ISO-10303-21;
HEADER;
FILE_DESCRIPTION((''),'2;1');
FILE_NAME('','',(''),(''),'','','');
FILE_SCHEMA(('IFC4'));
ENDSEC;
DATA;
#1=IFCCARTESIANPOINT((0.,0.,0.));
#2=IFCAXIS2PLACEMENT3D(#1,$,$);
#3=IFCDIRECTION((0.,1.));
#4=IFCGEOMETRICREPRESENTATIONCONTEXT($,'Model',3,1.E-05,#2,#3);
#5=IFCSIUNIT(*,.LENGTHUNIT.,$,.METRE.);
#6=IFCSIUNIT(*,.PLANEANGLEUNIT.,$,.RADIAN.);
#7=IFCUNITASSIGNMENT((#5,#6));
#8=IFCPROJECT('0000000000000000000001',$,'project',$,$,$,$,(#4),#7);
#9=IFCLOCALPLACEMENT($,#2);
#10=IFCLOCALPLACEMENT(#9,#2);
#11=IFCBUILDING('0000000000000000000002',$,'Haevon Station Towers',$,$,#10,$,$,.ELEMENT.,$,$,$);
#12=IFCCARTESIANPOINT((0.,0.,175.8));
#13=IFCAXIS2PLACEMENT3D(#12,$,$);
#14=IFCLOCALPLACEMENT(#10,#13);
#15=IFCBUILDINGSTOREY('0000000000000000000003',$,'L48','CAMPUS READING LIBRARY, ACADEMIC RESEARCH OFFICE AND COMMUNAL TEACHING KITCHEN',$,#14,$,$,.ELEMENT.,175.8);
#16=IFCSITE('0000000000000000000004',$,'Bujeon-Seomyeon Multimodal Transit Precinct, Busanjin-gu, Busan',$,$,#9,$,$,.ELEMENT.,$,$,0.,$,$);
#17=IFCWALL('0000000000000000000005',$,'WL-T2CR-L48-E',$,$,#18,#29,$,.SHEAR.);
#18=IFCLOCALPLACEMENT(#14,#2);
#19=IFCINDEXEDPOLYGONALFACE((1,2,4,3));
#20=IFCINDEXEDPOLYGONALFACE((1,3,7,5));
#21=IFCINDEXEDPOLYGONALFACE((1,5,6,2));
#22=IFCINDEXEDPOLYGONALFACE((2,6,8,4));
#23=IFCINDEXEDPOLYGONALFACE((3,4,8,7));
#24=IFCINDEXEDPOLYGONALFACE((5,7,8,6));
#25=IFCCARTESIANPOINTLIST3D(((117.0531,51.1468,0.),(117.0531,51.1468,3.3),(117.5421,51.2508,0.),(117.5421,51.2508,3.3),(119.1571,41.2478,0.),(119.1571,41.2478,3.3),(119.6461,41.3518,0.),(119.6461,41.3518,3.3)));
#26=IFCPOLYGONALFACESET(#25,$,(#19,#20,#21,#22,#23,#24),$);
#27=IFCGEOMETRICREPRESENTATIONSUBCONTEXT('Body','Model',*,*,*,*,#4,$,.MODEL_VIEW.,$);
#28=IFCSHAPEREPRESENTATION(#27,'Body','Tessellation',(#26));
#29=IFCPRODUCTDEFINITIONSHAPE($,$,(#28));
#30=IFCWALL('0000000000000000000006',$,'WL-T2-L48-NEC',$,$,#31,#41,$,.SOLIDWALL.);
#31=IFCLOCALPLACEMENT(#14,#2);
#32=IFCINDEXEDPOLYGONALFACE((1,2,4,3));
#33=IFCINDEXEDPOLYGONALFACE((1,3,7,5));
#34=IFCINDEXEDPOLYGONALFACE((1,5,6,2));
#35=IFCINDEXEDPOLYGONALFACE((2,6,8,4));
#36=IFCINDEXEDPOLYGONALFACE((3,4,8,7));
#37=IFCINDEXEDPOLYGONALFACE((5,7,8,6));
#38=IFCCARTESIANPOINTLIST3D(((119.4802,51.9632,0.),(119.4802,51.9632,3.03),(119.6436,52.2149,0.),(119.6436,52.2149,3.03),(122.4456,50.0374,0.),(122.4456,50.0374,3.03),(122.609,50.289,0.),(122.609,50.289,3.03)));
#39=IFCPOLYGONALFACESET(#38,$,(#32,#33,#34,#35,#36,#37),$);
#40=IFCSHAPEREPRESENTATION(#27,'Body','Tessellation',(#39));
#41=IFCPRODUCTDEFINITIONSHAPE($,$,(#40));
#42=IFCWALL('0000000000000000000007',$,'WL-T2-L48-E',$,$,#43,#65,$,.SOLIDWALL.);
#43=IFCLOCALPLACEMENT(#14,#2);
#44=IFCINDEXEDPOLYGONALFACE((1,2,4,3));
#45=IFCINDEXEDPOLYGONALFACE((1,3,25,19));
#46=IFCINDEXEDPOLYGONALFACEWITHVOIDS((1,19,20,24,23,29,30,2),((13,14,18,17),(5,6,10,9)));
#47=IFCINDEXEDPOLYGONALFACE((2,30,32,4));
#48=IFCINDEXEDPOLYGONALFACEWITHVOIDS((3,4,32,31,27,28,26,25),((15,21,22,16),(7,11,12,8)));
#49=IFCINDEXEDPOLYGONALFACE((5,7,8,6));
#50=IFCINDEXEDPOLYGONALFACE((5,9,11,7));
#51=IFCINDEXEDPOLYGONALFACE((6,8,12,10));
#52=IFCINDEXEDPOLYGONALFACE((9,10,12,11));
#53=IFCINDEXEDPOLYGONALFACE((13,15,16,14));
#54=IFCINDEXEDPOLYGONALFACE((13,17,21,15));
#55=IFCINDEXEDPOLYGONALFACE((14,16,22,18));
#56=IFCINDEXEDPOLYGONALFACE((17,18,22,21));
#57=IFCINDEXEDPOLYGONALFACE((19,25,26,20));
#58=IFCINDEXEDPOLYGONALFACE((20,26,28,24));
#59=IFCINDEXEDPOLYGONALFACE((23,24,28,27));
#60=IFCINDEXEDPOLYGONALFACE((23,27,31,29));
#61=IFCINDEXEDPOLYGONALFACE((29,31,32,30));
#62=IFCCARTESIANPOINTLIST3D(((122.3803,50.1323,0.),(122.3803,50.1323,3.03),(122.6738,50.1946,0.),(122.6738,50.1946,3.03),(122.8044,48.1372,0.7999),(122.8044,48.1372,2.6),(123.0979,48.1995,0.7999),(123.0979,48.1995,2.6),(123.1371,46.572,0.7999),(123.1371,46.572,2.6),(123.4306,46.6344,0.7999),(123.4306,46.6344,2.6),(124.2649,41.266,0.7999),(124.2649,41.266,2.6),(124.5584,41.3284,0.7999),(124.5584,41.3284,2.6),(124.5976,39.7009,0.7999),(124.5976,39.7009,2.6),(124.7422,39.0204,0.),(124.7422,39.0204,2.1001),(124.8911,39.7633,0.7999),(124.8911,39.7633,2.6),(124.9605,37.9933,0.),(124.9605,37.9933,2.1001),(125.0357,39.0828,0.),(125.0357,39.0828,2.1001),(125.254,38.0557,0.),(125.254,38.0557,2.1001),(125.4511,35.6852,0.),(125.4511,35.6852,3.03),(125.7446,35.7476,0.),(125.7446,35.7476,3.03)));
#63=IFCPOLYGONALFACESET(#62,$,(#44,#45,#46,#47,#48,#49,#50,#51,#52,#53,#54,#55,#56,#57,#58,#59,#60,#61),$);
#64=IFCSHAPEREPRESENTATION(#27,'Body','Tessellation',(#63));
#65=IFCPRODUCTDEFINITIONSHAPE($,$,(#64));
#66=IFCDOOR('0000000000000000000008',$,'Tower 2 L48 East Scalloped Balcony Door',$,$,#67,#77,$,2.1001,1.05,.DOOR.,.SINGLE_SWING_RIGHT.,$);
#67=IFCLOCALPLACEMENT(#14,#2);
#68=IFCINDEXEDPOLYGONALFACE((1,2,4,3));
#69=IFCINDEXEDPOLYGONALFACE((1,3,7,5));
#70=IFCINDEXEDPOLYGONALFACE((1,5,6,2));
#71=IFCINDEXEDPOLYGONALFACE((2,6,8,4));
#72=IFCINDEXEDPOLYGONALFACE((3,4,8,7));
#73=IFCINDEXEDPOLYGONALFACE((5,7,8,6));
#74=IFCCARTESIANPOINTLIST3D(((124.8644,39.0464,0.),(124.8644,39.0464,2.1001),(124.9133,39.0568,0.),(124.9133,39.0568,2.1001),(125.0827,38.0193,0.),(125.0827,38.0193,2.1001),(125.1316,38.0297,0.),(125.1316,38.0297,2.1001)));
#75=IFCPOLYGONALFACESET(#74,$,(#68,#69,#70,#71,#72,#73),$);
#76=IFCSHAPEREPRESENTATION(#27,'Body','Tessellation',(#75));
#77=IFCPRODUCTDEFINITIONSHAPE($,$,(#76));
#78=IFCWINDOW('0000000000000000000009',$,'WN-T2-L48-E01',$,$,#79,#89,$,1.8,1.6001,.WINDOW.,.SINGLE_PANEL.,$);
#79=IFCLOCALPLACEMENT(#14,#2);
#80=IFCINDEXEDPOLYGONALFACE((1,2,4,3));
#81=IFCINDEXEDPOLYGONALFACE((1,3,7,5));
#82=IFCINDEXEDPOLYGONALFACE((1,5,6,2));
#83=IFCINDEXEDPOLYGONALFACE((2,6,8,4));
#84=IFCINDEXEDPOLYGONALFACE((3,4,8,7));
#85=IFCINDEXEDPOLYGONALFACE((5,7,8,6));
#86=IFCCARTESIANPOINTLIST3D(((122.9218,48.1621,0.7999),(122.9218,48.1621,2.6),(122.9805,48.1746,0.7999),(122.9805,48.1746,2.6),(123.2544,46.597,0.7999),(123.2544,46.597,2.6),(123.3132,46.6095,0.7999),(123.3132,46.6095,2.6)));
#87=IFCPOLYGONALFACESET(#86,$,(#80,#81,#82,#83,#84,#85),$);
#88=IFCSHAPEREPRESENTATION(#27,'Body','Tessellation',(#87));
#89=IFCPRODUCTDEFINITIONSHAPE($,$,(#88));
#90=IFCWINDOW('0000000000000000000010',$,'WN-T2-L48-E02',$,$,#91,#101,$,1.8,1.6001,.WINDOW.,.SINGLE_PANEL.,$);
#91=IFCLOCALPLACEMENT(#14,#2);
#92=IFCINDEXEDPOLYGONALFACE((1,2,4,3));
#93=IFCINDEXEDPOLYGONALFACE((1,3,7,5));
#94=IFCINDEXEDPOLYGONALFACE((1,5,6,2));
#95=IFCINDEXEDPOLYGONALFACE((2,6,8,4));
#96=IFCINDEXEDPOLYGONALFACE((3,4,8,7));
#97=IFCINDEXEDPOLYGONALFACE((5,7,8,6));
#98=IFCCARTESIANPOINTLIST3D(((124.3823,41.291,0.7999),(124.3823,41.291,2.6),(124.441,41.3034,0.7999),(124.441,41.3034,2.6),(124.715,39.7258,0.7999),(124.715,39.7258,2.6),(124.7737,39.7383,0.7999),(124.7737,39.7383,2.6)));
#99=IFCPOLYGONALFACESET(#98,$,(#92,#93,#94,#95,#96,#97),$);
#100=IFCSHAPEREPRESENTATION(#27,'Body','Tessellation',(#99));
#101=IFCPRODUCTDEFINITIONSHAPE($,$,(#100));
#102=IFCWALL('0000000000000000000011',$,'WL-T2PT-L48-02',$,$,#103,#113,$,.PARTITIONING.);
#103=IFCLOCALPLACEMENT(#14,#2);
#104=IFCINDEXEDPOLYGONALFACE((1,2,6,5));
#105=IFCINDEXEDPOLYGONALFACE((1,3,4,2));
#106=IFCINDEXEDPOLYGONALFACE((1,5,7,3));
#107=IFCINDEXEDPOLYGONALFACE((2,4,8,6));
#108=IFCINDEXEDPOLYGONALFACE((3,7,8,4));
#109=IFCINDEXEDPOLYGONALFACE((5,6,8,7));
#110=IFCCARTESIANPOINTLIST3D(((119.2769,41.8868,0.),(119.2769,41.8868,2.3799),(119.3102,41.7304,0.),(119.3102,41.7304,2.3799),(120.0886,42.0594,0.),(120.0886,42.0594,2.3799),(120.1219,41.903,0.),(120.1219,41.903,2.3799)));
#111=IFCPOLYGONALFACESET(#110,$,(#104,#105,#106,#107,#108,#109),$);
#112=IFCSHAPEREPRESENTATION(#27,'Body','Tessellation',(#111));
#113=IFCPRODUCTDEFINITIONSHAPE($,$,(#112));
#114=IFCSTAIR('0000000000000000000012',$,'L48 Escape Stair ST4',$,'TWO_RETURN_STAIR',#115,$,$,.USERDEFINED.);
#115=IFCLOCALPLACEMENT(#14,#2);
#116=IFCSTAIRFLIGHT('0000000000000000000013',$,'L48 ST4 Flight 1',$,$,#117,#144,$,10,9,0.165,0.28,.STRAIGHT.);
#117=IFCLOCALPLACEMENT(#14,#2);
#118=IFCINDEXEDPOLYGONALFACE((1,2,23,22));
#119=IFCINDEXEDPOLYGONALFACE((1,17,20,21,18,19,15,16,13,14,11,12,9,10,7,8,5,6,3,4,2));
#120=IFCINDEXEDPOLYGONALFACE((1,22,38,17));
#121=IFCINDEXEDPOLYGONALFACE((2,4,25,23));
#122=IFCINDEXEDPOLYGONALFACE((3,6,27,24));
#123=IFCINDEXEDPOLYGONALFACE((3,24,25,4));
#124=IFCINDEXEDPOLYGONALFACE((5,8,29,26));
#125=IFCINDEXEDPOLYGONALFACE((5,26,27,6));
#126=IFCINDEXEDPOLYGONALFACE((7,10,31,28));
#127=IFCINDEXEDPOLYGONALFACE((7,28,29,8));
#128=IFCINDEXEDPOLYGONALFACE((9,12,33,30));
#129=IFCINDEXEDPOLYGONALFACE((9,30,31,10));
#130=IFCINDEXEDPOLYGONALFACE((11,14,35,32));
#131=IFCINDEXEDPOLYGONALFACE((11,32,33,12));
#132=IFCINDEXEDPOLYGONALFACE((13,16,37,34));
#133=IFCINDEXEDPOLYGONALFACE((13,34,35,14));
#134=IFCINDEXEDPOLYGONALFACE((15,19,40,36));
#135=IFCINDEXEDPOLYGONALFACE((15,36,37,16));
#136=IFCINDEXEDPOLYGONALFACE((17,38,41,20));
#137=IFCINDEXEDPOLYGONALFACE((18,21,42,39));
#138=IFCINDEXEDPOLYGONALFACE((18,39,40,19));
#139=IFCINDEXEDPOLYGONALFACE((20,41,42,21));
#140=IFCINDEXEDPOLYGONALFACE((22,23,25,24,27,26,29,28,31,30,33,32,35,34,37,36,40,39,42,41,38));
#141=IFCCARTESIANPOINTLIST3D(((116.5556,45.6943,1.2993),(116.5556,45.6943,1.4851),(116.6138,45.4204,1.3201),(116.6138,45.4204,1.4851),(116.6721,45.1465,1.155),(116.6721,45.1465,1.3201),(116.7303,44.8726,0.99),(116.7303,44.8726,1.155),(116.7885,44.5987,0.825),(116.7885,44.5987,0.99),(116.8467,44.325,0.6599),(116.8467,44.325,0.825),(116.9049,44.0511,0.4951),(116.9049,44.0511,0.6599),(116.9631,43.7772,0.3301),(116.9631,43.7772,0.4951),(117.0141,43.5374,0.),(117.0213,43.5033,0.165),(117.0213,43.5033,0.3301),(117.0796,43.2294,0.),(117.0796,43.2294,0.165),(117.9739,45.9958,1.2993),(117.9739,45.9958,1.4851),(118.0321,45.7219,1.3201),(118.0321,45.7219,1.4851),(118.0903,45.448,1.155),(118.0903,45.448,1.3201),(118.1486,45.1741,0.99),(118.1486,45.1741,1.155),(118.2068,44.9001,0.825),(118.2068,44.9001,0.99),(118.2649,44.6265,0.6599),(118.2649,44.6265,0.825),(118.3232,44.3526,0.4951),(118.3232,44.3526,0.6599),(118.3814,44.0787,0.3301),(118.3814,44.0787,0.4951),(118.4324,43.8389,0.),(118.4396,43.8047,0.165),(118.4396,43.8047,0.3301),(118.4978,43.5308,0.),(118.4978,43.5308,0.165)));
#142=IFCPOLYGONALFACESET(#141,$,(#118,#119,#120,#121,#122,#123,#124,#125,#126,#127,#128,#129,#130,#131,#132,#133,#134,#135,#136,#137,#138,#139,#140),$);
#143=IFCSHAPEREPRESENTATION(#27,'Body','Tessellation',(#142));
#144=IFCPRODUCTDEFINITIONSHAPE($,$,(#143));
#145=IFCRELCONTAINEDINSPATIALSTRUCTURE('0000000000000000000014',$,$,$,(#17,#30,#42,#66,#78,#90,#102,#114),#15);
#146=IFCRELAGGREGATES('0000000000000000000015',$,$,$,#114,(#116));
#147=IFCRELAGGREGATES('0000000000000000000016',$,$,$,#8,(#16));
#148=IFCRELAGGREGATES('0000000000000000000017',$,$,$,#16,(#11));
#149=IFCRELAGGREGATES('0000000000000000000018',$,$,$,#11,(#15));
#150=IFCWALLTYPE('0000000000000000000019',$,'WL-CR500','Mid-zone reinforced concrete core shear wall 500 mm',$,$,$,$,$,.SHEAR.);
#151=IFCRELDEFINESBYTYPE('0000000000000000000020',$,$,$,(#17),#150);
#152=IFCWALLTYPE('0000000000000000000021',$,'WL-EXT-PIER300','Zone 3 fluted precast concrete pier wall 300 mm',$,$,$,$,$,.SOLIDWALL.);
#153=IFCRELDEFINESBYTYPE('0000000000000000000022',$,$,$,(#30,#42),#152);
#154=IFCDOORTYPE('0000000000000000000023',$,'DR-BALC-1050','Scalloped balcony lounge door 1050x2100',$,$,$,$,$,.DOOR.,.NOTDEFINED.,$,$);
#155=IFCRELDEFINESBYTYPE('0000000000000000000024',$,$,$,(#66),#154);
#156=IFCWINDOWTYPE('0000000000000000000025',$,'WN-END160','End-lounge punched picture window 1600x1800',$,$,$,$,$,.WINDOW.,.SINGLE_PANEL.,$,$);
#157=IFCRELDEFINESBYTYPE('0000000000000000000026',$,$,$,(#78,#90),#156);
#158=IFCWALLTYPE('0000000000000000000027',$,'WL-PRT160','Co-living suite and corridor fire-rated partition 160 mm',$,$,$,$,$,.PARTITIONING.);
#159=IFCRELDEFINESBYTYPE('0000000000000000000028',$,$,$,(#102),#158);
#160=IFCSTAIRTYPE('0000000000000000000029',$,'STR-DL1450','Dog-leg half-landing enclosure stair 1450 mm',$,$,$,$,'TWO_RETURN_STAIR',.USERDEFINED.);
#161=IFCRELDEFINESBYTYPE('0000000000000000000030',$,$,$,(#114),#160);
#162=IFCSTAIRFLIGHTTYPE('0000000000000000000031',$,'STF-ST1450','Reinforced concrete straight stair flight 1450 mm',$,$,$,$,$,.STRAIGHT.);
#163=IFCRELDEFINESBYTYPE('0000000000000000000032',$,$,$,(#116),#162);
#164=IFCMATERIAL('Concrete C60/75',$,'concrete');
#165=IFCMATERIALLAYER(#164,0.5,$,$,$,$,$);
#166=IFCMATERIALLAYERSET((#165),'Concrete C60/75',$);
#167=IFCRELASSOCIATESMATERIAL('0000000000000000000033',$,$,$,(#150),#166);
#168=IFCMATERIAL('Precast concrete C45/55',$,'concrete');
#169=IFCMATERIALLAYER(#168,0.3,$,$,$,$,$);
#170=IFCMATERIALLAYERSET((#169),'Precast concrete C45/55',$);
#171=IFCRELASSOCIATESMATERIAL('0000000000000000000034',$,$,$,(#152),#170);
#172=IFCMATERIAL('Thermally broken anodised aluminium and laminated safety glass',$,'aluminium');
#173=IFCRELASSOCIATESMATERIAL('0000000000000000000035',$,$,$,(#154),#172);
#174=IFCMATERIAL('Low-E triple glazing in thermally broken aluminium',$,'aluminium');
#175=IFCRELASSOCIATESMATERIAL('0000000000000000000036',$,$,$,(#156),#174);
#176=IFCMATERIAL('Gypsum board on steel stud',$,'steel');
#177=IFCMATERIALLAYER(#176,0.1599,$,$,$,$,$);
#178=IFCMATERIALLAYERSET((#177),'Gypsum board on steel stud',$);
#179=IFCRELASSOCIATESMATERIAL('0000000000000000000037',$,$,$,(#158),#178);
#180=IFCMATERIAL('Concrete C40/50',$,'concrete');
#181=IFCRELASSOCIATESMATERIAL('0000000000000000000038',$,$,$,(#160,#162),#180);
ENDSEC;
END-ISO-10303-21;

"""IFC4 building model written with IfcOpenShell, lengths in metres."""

from ifc_helpers import new_model, si_unit, direction, frame, frame_2d, origin, place, context, subcontext, project, spatial, polyline, rectangle, outline, extrude, material, layer, layer_set, type_object, element, fill, aggregate, save


model = new_model("IFC4")

# Units and contexts
model_context = context("Model", 3, precision=1e-05, world=origin(), true_north=direction((0.0, 1.0)))
body_context = subcontext(model_context, "Body", "Model", "MODEL_VIEW")
ifc_project = project(units=[si_unit("LENGTHUNIT", "METRE"), si_unit("PLANEANGLEUNIT", "RADIAN")], contexts=[model_context])

# Site, building, storey
site_placement = place(None, origin())
site = spatial("IfcSite", under=ifc_project, at=site_placement, Name="Bujeon-Seomyeon Multimodal Transit Precinct, Busanjin-gu, Busan", CompositionType="ELEMENT", RefElevation=0.0)
building_placement = place(site_placement, origin())
building = spatial("IfcBuilding", under=site, at=building_placement, Name="Haevon Station Towers", CompositionType="ELEMENT")
storey_placement = place(building_placement, frame((0.0, 0.0, 175.8)))
storey = spatial("IfcBuildingStorey", under=building, at=storey_placement, Name="L48", Description="CAMPUS READING LIBRARY, ACADEMIC RESEARCH OFFICE AND COMMUNAL TEACHING KITCHEN", CompositionType="ELEMENT", Elevation=175.8)

# Walls
ifc_material_1 = material(Name="Concrete C60/75", Category="concrete")
ifc_layer_1 = layer(ifc_material_1, 0.5)
ifc_layer_set_1 = layer_set([ifc_layer_1], Name="Concrete C60/75")
wall_type_1 = type_object("IfcWallType", Name="WL-CR500", Description="Mid-zone reinforced concrete core shear wall 500 mm", PredefinedType="SHEAR", material=ifc_layer_set_1)
wall_1_placement = place(storey_placement, frame((119.4016, 41.2998, 0.0), z_axis=(0.0, 0.0, 1.0), x_axis=(-0.207904, 0.978149, 0.0)))
element("IfcWall", 1, at=wall_1_placement, inside=storey, type_object=wall_type_1, Name="WL-T2CR-L48-E", PredefinedType="SHEAR", context=body_context, shape_type="SweptSolid", body=[
    extrude(rectangle(XDim=10.1201, YDim=0.5, at=frame_2d((5.0601, 0.0))), origin(), (0.0, 0.0, 1.0), 3.3),
])
ifc_material_2 = material(Name="Precast concrete C45/55", Category="concrete")
ifc_layer_2 = layer(ifc_material_2, 0.3)
ifc_layer_set_2 = layer_set([ifc_layer_2], Name="Precast concrete C45/55")
wall_type_2 = type_object("IfcWallType", Name="WL-EXT-PIER300", Description="Zone 3 fluted precast concrete pier wall 300 mm", PredefinedType="SOLIDWALL", material=ifc_layer_set_2)
wall_2_placement = place(storey_placement, frame((119.5618, 52.0891, 0.0), z_axis=(0.0, 0.0, 1.0), x_axis=(0.838661, -0.544653, 0.0)))
element("IfcWall", 2, at=wall_2_placement, inside=storey, type_object=wall_type_2, Name="WL-T2-L48-NEC", PredefinedType="SOLIDWALL", context=body_context, shape_type="SweptSolid", body=[
    extrude(rectangle(XDim=3.5359, YDim=0.3, at=frame_2d((1.7681, 0.0))), origin(), (0.0, 0.0, 1.0), 3.03),
])

# Wall, openings, door, windows
wall_3_placement = place(storey_placement, frame((122.5271, 50.1633, 0.0), z_axis=(0.0, 0.0, 1.0), x_axis=(0.207911, -0.978148, 0.0)))
wall_3 = element("IfcWall", 3, at=wall_3_placement, inside=storey, type_object=wall_type_2, Name="WL-T2-L48-E", PredefinedType="SOLIDWALL", context=body_context, shape_type="SweptSolid", body=[
    extrude(rectangle(XDim=14.7698, YDim=0.3, at=frame_2d((7.3848, 0.0))), origin(), (0.0, 0.0, 1.0), 3.03),
])
opening_1_placement = place(wall_3_placement, frame((11.3601, 0.0, 0.0)))
opening_1 = element("IfcOpeningElement", 4, at=opening_1_placement, cuts=wall_3, PredefinedType="OPENING", context=body_context, shape_type="SweptSolid", body=[
    extrude(rectangle(XDim=1.05, YDim=2.1001, at=frame_2d((0.5249, 1.05))), frame((0.0, 0.1599, 0.0), z_axis=(0.0, -1.0, 0.0), x_axis=(1.0, 0.0, 0.0)), (0.0, 0.0, 1.0), 0.3201),
])
opening_2_placement = place(wall_3_placement, frame((2.0396, 0.0, 0.8)))
opening_2 = element("IfcOpeningElement", 5, at=opening_2_placement, cuts=wall_3, PredefinedType="OPENING", context=body_context, shape_type="SweptSolid", body=[
    extrude(rectangle(XDim=1.6001, YDim=1.8, at=frame_2d((0.8, 0.8999))), frame((0.0, 0.1599, 0.0), z_axis=(0.0, -1.0, 0.0), x_axis=(1.0, 0.0, 0.0)), (0.0, 0.0, 1.0), 0.3201),
])
opening_3_placement = place(wall_3_placement, frame((9.0642, 0.0, 0.8)))
opening_3 = element("IfcOpeningElement", 6, at=opening_3_placement, cuts=wall_3, PredefinedType="OPENING", context=body_context, shape_type="SweptSolid", body=[
    extrude(rectangle(XDim=1.6001, YDim=1.8, at=frame_2d((0.8, 0.8999))), frame((0.0, 0.1599, 0.0), z_axis=(0.0, -1.0, 0.0), x_axis=(1.0, 0.0, 0.0)), (0.0, 0.0, 1.0), 0.3201),
])
ifc_material_3 = material(Name="Thermally broken anodised aluminium and laminated safety glass", Category="aluminium")
door_type = type_object("IfcDoorType", Name="DR-BALC-1050", Description="Scalloped balcony lounge door 1050x2100", OperationType="NOTDEFINED", PredefinedType="DOOR", material=ifc_material_3)
door_placement = place(opening_1_placement, origin())
door = element("IfcDoor", 7, at=door_placement, inside=storey, type_object=door_type, Name="Tower 2 L48 East Scalloped Balcony Door", OperationType="SINGLE_SWING_RIGHT", OverallHeight=2.1001, OverallWidth=1.05, PredefinedType="DOOR", context=body_context, shape_type="SweptSolid", body=[
    extrude(rectangle(XDim=1.05, YDim=2.1001, at=frame_2d((0.5249, 1.05))), frame((0.0, 0.0249, 0.0), z_axis=(0.0, -1.0, 0.0), x_axis=(1.0, 0.0, 0.0)), (0.0, 0.0, 1.0), 0.05),
])
fill(opening_1, door)
ifc_material_4 = material(Name="Low-E triple glazing in thermally broken aluminium", Category="aluminium")
window_type = type_object("IfcWindowType", Name="WN-END160", Description="End-lounge punched picture window 1600x1800", PartitioningType="SINGLE_PANEL", PredefinedType="WINDOW", material=ifc_material_4)
window_1_placement = place(opening_2_placement, origin())
window_1 = element("IfcWindow", 8, at=window_1_placement, inside=storey, type_object=window_type, Name="WN-T2-L48-E01", OverallHeight=1.8, OverallWidth=1.6001, PartitioningType="SINGLE_PANEL", PredefinedType="WINDOW", context=body_context, shape_type="SweptSolid", body=[
    extrude(rectangle(XDim=1.6001, YDim=1.8, at=frame_2d((0.8, 0.8999))), frame((0.0, 0.03, 0.0), z_axis=(0.0, -1.0, 0.0), x_axis=(1.0, 0.0, 0.0)), (0.0, 0.0, 1.0), 0.0601),
])
fill(opening_2, window_1)
window_2_placement = place(opening_3_placement, origin())
window_2 = element("IfcWindow", 9, at=window_2_placement, inside=storey, type_object=window_type, Name="WN-T2-L48-E02", OverallHeight=1.8, OverallWidth=1.6001, PartitioningType="SINGLE_PANEL", PredefinedType="WINDOW", context=body_context, shape_type="SweptSolid", body=[
    extrude(rectangle(XDim=1.6001, YDim=1.8, at=frame_2d((0.8, 0.8999))), frame((0.0, 0.03, 0.0), z_axis=(0.0, -1.0, 0.0), x_axis=(1.0, 0.0, 0.0)), (0.0, 0.0, 1.0), 0.0601),
])
fill(opening_3, window_2)

# Wall
ifc_material_5 = material(Name="Gypsum board on steel stud", Category="steel")
ifc_layer_3 = layer(ifc_material_5, 0.1599)
ifc_layer_set_3 = layer_set([ifc_layer_3], Name="Gypsum board on steel stud")
wall_type_3 = type_object("IfcWallType", Name="WL-PRT160", Description="Co-living suite and corridor fire-rated partition 160 mm", PredefinedType="PARTITIONING", material=ifc_layer_set_3)
wall_4_placement = place(storey_placement, frame((119.2935, 41.8086, 0.0), z_axis=(0.0, 0.0, 1.0), x_axis=(0.978133, 0.207982, 0.0)))
element("IfcWall", 10, at=wall_4_placement, inside=storey, type_object=wall_type_3, Name="WL-T2PT-L48-02", PredefinedType="PARTITIONING", context=body_context, shape_type="SweptSolid", body=[
    extrude(rectangle(XDim=0.8298, YDim=0.1599, at=frame_2d((0.415, 0.0))), origin(), (0.0, 0.0, 1.0), 2.3799),
])

# Stair, stair flight
ifc_material_6 = material(Name="Concrete C40/50", Category="concrete")
stair_type = type_object("IfcStairType", Name="STR-DL1450", Description="Dog-leg half-landing enclosure stair 1450 mm", ElementType="TWO_RETURN_STAIR", PredefinedType="USERDEFINED", material=ifc_material_6)
stair_placement = place(storey_placement, origin())
stair = element("IfcStair", 11, at=stair_placement, inside=storey, type_object=stair_type, Name="L48 Escape Stair ST4", ObjectType="TWO_RETURN_STAIR", PredefinedType="USERDEFINED")
stair_flight_type = type_object("IfcStairFlightType", Name="STF-ST1450", Description="Reinforced concrete straight stair flight 1450 mm", PredefinedType="STRAIGHT", material=ifc_material_6)
stair_flight_placement = place(storey_placement, frame((117.7888, 43.3801, 0.0), z_axis=(0.0, 0.0, 1.0), x_axis=(-0.207912, 0.978148, 0.0)))
stair_flight = element("IfcStairFlight", 12, at=stair_flight_placement, type_object=stair_flight_type, Name="L48 ST4 Flight 1", NumberOfRisers=10, NumberOfTreads=9, PredefinedType="STRAIGHT", RiserHeight=0.165, TreadLength=0.28, context=body_context, shape_type="SweptSolid", body=[
    extrude(outline(polyline([(0.0, 0.0), (0.0, 0.165), (0.28, 0.165), (0.28, 0.3301), (0.5601, 0.3301), (0.5601, 0.4951), (0.8401, 0.4951), (0.8401, 0.6599), (1.1201, 0.6599), (1.1201, 0.825), (1.3999, 0.825), (1.3999, 0.99), (1.6799, 0.99), (1.6799, 1.155), (1.96, 1.155), (1.96, 1.3201), (2.24, 1.3201), (2.24, 1.4851), (2.52, 1.4851), (2.52, 1.6499), (2.52, 1.2993), (0.3149, 0.0), (0.0, 0.0)])), frame((0.0, 0.7251, 0.0), z_axis=(0.0, -1.0, 0.0), x_axis=(1.0, 0.0, 0.0)), (0.0, 0.0, 1.0), 1.45),
])
aggregate(stair, [stair_flight])

save(model, "model.ifc")
